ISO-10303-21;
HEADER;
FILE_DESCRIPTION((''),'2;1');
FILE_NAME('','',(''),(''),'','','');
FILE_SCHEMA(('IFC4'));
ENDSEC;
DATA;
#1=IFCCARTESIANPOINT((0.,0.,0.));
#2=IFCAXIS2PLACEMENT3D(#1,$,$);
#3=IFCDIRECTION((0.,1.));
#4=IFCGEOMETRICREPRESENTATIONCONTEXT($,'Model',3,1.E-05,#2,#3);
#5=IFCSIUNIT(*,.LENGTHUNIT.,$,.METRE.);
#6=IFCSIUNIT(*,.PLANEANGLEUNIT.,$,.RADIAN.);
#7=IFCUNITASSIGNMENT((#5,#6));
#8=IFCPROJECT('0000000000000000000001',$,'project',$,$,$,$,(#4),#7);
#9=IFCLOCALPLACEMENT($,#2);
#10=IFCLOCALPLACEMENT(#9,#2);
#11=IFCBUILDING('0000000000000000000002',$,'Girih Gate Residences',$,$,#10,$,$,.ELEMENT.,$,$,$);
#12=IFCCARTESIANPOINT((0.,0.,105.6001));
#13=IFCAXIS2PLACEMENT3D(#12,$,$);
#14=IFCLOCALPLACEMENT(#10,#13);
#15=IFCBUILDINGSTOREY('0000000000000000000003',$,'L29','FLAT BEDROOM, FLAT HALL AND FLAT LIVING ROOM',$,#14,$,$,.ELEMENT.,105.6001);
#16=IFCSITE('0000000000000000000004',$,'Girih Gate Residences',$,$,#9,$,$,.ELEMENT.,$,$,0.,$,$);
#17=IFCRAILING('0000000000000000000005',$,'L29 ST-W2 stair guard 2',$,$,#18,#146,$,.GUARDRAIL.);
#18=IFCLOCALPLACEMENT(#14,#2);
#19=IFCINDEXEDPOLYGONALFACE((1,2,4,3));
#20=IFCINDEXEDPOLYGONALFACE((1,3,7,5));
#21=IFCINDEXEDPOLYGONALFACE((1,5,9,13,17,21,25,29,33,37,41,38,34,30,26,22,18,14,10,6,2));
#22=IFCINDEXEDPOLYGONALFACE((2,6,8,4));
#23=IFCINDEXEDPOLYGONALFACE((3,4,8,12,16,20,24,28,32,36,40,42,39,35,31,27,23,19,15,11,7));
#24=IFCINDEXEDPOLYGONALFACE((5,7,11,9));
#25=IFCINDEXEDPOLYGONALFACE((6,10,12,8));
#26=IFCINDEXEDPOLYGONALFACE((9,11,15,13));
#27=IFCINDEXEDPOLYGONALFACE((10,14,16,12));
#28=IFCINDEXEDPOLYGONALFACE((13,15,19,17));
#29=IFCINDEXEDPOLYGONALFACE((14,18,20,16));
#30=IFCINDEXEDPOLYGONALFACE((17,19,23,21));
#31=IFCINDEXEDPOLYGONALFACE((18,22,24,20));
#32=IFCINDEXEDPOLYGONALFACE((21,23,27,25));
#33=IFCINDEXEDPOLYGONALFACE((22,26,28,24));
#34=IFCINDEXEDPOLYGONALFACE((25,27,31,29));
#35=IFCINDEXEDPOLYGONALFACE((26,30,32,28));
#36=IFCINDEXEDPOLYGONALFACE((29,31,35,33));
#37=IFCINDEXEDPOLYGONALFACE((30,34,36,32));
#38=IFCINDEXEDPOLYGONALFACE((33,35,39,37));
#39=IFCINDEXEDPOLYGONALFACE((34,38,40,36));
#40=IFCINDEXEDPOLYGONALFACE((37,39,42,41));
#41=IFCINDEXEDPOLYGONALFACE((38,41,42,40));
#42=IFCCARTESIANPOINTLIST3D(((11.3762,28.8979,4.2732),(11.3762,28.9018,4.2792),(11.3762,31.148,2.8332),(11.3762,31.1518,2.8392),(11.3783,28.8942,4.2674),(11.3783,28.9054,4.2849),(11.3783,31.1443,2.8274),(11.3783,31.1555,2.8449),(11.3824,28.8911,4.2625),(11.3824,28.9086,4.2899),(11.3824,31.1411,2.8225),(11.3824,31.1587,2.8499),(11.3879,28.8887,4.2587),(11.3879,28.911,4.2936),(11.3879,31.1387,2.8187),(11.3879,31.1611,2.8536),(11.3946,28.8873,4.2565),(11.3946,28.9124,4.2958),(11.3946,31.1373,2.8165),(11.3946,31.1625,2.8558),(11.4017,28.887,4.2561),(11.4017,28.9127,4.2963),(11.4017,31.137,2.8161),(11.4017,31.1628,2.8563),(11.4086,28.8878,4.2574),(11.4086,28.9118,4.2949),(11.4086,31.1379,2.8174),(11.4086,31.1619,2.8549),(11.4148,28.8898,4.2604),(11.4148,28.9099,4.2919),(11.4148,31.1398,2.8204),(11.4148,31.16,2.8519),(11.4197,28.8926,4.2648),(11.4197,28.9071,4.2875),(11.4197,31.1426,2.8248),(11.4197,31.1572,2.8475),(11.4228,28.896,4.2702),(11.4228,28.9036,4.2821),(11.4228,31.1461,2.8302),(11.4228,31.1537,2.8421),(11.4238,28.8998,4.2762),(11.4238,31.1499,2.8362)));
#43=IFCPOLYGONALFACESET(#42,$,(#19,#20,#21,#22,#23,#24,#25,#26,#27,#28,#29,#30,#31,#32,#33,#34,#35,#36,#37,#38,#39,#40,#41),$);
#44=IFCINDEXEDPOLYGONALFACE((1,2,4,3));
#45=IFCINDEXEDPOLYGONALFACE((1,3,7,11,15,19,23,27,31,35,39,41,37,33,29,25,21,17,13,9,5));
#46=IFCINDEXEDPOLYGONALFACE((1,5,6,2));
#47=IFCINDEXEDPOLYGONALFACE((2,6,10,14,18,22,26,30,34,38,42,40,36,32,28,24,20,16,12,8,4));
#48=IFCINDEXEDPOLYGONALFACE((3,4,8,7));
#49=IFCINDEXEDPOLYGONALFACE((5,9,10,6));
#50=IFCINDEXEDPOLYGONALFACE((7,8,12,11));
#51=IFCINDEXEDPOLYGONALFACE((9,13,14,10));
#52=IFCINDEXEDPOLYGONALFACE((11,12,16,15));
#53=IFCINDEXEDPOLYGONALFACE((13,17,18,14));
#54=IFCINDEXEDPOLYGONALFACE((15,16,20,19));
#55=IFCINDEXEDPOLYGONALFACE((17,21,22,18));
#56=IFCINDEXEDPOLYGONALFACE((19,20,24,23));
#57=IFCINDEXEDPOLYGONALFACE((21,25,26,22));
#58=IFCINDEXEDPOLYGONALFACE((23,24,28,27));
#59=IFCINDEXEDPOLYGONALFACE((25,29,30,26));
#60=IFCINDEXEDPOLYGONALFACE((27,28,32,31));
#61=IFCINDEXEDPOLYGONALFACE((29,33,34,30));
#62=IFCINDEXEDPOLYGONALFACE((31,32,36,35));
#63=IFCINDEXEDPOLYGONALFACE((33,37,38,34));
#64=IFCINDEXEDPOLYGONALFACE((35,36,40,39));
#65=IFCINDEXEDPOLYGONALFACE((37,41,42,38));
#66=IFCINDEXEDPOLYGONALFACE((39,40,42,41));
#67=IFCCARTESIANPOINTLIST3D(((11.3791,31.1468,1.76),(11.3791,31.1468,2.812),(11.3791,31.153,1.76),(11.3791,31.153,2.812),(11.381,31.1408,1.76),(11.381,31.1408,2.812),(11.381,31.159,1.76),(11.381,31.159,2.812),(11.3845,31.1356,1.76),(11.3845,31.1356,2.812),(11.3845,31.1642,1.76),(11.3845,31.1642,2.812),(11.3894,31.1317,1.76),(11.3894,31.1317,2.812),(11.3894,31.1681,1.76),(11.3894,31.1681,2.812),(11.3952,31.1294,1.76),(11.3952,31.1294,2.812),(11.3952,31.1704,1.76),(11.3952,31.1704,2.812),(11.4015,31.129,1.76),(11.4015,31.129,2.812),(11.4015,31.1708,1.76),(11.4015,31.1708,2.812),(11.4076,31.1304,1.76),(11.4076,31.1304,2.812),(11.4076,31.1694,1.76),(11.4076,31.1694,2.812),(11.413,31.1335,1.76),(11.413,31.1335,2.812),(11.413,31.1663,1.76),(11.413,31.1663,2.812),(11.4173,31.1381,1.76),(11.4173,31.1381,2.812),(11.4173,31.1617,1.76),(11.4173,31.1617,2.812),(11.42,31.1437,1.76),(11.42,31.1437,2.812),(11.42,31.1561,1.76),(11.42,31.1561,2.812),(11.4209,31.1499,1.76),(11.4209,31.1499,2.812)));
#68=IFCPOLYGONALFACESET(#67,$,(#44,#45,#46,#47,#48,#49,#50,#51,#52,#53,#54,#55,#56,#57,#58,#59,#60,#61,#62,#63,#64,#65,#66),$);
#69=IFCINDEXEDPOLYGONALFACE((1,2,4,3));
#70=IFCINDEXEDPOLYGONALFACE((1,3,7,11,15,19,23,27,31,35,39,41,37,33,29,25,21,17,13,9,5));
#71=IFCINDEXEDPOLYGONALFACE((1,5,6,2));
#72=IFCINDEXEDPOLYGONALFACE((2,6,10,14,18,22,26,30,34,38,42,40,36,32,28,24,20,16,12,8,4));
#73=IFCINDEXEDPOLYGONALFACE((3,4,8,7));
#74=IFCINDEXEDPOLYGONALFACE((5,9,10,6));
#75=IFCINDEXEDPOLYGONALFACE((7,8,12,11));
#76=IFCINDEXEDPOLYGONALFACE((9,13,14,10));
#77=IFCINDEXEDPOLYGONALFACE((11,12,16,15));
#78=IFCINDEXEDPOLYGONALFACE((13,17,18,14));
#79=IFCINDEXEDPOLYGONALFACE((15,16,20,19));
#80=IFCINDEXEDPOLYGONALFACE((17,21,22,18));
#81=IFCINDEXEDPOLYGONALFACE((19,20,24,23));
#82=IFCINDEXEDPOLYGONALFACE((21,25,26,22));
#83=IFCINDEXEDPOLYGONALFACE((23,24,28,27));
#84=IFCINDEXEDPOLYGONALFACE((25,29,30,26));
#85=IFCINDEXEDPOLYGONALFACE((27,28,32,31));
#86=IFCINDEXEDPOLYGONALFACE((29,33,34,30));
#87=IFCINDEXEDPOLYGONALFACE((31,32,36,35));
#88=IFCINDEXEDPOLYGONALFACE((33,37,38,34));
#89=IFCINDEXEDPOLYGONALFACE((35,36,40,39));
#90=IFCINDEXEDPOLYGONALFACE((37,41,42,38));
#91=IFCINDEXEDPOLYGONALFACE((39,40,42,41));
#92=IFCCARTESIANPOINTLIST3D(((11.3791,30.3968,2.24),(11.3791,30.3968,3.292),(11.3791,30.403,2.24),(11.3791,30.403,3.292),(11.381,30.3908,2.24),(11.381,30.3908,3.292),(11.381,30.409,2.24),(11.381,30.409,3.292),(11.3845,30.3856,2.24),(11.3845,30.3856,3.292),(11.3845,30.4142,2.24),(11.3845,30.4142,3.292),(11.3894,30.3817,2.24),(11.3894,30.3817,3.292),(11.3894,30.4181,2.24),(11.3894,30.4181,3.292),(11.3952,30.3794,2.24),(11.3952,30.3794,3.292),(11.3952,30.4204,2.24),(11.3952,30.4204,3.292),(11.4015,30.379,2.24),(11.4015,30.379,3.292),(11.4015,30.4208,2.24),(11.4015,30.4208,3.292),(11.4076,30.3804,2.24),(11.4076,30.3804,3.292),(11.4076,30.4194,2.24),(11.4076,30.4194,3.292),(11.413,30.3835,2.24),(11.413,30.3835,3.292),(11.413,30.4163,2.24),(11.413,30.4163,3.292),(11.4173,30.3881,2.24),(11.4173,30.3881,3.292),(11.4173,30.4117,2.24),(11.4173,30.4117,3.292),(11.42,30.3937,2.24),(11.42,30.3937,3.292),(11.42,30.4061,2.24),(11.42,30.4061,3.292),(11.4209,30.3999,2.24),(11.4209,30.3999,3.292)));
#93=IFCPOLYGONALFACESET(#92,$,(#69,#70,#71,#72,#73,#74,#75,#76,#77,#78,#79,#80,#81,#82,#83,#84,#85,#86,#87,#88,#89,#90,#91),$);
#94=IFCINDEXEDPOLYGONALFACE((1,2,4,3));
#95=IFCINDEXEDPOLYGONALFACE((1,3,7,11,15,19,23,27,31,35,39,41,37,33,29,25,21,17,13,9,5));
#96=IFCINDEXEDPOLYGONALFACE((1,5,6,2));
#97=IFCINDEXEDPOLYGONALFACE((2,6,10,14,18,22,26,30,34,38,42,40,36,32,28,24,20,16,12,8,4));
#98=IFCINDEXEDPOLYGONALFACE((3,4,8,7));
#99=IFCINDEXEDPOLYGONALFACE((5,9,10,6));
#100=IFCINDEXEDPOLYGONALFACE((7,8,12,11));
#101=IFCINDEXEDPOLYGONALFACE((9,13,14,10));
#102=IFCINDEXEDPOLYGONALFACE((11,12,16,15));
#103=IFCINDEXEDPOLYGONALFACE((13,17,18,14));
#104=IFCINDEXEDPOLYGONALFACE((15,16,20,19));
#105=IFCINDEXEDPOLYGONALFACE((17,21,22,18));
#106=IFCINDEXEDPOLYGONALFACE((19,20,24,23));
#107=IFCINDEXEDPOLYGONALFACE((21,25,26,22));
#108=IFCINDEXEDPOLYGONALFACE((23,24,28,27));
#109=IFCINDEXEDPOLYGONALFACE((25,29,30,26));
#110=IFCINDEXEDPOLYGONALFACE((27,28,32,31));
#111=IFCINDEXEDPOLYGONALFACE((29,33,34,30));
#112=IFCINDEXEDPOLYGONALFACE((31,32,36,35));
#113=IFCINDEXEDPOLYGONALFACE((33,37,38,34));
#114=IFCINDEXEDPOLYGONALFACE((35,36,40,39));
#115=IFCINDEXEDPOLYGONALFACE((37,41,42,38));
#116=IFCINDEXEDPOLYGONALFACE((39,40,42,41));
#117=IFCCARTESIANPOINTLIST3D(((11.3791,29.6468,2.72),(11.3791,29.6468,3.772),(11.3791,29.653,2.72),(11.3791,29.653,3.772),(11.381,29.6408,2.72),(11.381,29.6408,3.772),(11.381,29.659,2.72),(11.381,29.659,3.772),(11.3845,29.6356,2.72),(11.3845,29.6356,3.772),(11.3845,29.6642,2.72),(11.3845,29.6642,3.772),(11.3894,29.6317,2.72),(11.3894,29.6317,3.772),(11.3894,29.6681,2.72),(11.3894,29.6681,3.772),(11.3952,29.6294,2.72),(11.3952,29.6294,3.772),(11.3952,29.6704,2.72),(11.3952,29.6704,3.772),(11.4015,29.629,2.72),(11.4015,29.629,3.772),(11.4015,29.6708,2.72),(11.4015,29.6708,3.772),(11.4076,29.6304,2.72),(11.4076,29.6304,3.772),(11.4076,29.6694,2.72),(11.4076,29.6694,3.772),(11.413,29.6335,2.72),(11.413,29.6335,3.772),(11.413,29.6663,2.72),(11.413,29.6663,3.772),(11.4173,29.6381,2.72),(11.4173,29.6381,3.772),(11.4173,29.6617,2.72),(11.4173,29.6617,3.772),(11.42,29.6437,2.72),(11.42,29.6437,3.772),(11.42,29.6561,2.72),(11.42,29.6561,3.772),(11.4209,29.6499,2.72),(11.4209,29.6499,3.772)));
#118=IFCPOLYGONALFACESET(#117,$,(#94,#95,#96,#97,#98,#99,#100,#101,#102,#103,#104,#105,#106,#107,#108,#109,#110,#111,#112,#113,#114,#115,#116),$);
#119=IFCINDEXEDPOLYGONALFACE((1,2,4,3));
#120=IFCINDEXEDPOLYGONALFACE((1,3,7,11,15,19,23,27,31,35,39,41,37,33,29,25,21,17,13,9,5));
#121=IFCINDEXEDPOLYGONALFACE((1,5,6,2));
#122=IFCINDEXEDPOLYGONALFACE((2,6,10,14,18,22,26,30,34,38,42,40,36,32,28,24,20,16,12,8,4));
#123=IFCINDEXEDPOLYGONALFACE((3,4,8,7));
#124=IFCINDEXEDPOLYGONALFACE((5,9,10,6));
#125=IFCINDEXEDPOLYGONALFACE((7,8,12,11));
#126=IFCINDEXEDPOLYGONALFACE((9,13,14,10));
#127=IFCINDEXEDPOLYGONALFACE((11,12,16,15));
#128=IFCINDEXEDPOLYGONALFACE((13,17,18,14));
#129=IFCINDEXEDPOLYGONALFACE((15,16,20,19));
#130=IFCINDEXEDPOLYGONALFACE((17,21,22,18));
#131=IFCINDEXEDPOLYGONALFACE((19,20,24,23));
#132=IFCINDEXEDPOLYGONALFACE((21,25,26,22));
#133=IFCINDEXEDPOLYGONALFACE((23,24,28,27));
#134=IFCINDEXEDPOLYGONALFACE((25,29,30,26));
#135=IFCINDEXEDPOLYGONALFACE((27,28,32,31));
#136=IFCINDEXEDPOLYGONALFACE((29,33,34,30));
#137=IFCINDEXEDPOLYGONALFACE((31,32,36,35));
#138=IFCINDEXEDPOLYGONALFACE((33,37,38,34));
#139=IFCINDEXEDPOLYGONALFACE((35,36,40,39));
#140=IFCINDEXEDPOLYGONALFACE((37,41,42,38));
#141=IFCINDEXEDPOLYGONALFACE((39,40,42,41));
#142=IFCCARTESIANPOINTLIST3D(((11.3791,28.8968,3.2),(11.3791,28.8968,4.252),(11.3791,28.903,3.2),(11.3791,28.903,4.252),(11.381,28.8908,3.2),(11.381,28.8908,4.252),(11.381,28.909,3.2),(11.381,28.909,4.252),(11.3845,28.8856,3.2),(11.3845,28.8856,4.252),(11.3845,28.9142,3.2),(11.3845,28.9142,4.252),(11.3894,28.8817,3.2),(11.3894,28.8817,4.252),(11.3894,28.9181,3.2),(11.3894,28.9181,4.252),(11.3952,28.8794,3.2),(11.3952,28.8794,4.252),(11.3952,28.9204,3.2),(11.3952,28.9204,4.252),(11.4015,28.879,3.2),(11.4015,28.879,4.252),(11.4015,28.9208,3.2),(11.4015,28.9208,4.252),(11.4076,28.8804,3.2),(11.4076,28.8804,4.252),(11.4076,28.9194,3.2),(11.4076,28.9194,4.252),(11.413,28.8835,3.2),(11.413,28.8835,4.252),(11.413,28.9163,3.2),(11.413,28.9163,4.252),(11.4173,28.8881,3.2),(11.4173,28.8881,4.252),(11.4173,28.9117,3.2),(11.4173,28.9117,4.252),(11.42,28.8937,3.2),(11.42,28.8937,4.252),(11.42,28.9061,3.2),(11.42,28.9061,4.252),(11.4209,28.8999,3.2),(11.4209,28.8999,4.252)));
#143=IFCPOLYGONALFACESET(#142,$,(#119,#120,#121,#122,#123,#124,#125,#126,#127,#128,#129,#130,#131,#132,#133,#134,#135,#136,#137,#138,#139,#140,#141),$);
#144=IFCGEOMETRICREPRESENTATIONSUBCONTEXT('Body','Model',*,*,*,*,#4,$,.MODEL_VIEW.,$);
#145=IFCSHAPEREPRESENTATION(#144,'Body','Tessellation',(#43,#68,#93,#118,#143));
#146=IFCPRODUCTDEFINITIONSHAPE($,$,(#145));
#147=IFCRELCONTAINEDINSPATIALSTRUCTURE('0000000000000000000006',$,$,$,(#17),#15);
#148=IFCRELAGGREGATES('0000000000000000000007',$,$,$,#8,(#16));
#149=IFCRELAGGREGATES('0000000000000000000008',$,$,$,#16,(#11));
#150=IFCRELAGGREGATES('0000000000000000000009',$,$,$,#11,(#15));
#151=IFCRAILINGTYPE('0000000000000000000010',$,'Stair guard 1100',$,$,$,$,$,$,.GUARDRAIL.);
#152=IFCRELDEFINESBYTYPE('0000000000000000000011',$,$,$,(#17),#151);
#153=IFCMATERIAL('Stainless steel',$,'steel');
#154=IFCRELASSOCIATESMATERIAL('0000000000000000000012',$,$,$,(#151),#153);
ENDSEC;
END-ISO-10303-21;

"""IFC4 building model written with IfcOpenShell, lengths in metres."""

from ifc_helpers import new_model, si_unit, direction, frame, origin, origin_2d, place, context, subcontext, project, spatial, circle, extrude, material, type_object, element, save


model = new_model("IFC4")

# Units and contexts
model_context = context("Model", 3, precision=1e-05, world=origin(), true_north=direction((0.0, 1.0)))
body_context = subcontext(model_context, "Body", "Model", "MODEL_VIEW")
ifc_project = project(units=[si_unit("LENGTHUNIT", "METRE"), si_unit("PLANEANGLEUNIT", "RADIAN")], contexts=[model_context])

# Site, building, storey
site_placement = place(None, origin())
site = spatial("IfcSite", under=ifc_project, at=site_placement, Name="Girih Gate Residences", CompositionType="ELEMENT", RefElevation=0.0)
building_placement = place(site_placement, origin())
building = spatial("IfcBuilding", under=site, at=building_placement, Name="Girih Gate Residences", CompositionType="ELEMENT")
storey_placement = place(building_placement, frame((0.0, 0.0, 105.6001)))
storey = spatial("IfcBuildingStorey", under=building, at=storey_placement, Name="L29", Description="FLAT BEDROOM, FLAT HALL AND FLAT LIVING ROOM", CompositionType="ELEMENT", Elevation=105.6001)

# Railing
ifc_material_1 = material(Name="Stainless steel", Category="steel")
railing_type_1 = type_object("IfcRailingType", Name="Stair guard 1100", PredefinedType="GUARDRAIL", material=ifc_material_1)
railing_1_placement = place(storey_placement, frame((11.3999, 31.1499, 1.76)))
element("IfcRailing", 1, at=railing_1_placement, inside=storey, type_object=railing_type_1, Name="L29 ST-W2 stair guard 2", PredefinedType="GUARDRAIL", context=body_context, shape_type="SweptSolid", body=[
    extrude(circle(Radius=0.0239, at=origin_2d()), frame((0.0, 0.0, 1.0762), z_axis=(0.0, -0.842281, 0.539038), x_axis=(1.0, 0.0, 0.0)), (0.0, 0.0, 1.0), 2.6714),
    extrude(circle(Radius=0.021, at=origin_2d()), origin(), (0.0, 0.0, 1.0), 1.052),
    extrude(circle(Radius=0.021, at=origin_2d()), frame((0.0, -0.75, 0.48)), (0.0, 0.0, 1.0), 1.052),
    extrude(circle(Radius=0.021, at=origin_2d()), frame((0.0, -1.5, 0.96)), (0.0, 0.0, 1.0), 1.052),
    extrude(circle(Radius=0.021, at=origin_2d()), frame((0.0, -2.25, 1.4399)), (0.0, 0.0, 1.0), 1.052),
])

save(model, "model.ifc")
